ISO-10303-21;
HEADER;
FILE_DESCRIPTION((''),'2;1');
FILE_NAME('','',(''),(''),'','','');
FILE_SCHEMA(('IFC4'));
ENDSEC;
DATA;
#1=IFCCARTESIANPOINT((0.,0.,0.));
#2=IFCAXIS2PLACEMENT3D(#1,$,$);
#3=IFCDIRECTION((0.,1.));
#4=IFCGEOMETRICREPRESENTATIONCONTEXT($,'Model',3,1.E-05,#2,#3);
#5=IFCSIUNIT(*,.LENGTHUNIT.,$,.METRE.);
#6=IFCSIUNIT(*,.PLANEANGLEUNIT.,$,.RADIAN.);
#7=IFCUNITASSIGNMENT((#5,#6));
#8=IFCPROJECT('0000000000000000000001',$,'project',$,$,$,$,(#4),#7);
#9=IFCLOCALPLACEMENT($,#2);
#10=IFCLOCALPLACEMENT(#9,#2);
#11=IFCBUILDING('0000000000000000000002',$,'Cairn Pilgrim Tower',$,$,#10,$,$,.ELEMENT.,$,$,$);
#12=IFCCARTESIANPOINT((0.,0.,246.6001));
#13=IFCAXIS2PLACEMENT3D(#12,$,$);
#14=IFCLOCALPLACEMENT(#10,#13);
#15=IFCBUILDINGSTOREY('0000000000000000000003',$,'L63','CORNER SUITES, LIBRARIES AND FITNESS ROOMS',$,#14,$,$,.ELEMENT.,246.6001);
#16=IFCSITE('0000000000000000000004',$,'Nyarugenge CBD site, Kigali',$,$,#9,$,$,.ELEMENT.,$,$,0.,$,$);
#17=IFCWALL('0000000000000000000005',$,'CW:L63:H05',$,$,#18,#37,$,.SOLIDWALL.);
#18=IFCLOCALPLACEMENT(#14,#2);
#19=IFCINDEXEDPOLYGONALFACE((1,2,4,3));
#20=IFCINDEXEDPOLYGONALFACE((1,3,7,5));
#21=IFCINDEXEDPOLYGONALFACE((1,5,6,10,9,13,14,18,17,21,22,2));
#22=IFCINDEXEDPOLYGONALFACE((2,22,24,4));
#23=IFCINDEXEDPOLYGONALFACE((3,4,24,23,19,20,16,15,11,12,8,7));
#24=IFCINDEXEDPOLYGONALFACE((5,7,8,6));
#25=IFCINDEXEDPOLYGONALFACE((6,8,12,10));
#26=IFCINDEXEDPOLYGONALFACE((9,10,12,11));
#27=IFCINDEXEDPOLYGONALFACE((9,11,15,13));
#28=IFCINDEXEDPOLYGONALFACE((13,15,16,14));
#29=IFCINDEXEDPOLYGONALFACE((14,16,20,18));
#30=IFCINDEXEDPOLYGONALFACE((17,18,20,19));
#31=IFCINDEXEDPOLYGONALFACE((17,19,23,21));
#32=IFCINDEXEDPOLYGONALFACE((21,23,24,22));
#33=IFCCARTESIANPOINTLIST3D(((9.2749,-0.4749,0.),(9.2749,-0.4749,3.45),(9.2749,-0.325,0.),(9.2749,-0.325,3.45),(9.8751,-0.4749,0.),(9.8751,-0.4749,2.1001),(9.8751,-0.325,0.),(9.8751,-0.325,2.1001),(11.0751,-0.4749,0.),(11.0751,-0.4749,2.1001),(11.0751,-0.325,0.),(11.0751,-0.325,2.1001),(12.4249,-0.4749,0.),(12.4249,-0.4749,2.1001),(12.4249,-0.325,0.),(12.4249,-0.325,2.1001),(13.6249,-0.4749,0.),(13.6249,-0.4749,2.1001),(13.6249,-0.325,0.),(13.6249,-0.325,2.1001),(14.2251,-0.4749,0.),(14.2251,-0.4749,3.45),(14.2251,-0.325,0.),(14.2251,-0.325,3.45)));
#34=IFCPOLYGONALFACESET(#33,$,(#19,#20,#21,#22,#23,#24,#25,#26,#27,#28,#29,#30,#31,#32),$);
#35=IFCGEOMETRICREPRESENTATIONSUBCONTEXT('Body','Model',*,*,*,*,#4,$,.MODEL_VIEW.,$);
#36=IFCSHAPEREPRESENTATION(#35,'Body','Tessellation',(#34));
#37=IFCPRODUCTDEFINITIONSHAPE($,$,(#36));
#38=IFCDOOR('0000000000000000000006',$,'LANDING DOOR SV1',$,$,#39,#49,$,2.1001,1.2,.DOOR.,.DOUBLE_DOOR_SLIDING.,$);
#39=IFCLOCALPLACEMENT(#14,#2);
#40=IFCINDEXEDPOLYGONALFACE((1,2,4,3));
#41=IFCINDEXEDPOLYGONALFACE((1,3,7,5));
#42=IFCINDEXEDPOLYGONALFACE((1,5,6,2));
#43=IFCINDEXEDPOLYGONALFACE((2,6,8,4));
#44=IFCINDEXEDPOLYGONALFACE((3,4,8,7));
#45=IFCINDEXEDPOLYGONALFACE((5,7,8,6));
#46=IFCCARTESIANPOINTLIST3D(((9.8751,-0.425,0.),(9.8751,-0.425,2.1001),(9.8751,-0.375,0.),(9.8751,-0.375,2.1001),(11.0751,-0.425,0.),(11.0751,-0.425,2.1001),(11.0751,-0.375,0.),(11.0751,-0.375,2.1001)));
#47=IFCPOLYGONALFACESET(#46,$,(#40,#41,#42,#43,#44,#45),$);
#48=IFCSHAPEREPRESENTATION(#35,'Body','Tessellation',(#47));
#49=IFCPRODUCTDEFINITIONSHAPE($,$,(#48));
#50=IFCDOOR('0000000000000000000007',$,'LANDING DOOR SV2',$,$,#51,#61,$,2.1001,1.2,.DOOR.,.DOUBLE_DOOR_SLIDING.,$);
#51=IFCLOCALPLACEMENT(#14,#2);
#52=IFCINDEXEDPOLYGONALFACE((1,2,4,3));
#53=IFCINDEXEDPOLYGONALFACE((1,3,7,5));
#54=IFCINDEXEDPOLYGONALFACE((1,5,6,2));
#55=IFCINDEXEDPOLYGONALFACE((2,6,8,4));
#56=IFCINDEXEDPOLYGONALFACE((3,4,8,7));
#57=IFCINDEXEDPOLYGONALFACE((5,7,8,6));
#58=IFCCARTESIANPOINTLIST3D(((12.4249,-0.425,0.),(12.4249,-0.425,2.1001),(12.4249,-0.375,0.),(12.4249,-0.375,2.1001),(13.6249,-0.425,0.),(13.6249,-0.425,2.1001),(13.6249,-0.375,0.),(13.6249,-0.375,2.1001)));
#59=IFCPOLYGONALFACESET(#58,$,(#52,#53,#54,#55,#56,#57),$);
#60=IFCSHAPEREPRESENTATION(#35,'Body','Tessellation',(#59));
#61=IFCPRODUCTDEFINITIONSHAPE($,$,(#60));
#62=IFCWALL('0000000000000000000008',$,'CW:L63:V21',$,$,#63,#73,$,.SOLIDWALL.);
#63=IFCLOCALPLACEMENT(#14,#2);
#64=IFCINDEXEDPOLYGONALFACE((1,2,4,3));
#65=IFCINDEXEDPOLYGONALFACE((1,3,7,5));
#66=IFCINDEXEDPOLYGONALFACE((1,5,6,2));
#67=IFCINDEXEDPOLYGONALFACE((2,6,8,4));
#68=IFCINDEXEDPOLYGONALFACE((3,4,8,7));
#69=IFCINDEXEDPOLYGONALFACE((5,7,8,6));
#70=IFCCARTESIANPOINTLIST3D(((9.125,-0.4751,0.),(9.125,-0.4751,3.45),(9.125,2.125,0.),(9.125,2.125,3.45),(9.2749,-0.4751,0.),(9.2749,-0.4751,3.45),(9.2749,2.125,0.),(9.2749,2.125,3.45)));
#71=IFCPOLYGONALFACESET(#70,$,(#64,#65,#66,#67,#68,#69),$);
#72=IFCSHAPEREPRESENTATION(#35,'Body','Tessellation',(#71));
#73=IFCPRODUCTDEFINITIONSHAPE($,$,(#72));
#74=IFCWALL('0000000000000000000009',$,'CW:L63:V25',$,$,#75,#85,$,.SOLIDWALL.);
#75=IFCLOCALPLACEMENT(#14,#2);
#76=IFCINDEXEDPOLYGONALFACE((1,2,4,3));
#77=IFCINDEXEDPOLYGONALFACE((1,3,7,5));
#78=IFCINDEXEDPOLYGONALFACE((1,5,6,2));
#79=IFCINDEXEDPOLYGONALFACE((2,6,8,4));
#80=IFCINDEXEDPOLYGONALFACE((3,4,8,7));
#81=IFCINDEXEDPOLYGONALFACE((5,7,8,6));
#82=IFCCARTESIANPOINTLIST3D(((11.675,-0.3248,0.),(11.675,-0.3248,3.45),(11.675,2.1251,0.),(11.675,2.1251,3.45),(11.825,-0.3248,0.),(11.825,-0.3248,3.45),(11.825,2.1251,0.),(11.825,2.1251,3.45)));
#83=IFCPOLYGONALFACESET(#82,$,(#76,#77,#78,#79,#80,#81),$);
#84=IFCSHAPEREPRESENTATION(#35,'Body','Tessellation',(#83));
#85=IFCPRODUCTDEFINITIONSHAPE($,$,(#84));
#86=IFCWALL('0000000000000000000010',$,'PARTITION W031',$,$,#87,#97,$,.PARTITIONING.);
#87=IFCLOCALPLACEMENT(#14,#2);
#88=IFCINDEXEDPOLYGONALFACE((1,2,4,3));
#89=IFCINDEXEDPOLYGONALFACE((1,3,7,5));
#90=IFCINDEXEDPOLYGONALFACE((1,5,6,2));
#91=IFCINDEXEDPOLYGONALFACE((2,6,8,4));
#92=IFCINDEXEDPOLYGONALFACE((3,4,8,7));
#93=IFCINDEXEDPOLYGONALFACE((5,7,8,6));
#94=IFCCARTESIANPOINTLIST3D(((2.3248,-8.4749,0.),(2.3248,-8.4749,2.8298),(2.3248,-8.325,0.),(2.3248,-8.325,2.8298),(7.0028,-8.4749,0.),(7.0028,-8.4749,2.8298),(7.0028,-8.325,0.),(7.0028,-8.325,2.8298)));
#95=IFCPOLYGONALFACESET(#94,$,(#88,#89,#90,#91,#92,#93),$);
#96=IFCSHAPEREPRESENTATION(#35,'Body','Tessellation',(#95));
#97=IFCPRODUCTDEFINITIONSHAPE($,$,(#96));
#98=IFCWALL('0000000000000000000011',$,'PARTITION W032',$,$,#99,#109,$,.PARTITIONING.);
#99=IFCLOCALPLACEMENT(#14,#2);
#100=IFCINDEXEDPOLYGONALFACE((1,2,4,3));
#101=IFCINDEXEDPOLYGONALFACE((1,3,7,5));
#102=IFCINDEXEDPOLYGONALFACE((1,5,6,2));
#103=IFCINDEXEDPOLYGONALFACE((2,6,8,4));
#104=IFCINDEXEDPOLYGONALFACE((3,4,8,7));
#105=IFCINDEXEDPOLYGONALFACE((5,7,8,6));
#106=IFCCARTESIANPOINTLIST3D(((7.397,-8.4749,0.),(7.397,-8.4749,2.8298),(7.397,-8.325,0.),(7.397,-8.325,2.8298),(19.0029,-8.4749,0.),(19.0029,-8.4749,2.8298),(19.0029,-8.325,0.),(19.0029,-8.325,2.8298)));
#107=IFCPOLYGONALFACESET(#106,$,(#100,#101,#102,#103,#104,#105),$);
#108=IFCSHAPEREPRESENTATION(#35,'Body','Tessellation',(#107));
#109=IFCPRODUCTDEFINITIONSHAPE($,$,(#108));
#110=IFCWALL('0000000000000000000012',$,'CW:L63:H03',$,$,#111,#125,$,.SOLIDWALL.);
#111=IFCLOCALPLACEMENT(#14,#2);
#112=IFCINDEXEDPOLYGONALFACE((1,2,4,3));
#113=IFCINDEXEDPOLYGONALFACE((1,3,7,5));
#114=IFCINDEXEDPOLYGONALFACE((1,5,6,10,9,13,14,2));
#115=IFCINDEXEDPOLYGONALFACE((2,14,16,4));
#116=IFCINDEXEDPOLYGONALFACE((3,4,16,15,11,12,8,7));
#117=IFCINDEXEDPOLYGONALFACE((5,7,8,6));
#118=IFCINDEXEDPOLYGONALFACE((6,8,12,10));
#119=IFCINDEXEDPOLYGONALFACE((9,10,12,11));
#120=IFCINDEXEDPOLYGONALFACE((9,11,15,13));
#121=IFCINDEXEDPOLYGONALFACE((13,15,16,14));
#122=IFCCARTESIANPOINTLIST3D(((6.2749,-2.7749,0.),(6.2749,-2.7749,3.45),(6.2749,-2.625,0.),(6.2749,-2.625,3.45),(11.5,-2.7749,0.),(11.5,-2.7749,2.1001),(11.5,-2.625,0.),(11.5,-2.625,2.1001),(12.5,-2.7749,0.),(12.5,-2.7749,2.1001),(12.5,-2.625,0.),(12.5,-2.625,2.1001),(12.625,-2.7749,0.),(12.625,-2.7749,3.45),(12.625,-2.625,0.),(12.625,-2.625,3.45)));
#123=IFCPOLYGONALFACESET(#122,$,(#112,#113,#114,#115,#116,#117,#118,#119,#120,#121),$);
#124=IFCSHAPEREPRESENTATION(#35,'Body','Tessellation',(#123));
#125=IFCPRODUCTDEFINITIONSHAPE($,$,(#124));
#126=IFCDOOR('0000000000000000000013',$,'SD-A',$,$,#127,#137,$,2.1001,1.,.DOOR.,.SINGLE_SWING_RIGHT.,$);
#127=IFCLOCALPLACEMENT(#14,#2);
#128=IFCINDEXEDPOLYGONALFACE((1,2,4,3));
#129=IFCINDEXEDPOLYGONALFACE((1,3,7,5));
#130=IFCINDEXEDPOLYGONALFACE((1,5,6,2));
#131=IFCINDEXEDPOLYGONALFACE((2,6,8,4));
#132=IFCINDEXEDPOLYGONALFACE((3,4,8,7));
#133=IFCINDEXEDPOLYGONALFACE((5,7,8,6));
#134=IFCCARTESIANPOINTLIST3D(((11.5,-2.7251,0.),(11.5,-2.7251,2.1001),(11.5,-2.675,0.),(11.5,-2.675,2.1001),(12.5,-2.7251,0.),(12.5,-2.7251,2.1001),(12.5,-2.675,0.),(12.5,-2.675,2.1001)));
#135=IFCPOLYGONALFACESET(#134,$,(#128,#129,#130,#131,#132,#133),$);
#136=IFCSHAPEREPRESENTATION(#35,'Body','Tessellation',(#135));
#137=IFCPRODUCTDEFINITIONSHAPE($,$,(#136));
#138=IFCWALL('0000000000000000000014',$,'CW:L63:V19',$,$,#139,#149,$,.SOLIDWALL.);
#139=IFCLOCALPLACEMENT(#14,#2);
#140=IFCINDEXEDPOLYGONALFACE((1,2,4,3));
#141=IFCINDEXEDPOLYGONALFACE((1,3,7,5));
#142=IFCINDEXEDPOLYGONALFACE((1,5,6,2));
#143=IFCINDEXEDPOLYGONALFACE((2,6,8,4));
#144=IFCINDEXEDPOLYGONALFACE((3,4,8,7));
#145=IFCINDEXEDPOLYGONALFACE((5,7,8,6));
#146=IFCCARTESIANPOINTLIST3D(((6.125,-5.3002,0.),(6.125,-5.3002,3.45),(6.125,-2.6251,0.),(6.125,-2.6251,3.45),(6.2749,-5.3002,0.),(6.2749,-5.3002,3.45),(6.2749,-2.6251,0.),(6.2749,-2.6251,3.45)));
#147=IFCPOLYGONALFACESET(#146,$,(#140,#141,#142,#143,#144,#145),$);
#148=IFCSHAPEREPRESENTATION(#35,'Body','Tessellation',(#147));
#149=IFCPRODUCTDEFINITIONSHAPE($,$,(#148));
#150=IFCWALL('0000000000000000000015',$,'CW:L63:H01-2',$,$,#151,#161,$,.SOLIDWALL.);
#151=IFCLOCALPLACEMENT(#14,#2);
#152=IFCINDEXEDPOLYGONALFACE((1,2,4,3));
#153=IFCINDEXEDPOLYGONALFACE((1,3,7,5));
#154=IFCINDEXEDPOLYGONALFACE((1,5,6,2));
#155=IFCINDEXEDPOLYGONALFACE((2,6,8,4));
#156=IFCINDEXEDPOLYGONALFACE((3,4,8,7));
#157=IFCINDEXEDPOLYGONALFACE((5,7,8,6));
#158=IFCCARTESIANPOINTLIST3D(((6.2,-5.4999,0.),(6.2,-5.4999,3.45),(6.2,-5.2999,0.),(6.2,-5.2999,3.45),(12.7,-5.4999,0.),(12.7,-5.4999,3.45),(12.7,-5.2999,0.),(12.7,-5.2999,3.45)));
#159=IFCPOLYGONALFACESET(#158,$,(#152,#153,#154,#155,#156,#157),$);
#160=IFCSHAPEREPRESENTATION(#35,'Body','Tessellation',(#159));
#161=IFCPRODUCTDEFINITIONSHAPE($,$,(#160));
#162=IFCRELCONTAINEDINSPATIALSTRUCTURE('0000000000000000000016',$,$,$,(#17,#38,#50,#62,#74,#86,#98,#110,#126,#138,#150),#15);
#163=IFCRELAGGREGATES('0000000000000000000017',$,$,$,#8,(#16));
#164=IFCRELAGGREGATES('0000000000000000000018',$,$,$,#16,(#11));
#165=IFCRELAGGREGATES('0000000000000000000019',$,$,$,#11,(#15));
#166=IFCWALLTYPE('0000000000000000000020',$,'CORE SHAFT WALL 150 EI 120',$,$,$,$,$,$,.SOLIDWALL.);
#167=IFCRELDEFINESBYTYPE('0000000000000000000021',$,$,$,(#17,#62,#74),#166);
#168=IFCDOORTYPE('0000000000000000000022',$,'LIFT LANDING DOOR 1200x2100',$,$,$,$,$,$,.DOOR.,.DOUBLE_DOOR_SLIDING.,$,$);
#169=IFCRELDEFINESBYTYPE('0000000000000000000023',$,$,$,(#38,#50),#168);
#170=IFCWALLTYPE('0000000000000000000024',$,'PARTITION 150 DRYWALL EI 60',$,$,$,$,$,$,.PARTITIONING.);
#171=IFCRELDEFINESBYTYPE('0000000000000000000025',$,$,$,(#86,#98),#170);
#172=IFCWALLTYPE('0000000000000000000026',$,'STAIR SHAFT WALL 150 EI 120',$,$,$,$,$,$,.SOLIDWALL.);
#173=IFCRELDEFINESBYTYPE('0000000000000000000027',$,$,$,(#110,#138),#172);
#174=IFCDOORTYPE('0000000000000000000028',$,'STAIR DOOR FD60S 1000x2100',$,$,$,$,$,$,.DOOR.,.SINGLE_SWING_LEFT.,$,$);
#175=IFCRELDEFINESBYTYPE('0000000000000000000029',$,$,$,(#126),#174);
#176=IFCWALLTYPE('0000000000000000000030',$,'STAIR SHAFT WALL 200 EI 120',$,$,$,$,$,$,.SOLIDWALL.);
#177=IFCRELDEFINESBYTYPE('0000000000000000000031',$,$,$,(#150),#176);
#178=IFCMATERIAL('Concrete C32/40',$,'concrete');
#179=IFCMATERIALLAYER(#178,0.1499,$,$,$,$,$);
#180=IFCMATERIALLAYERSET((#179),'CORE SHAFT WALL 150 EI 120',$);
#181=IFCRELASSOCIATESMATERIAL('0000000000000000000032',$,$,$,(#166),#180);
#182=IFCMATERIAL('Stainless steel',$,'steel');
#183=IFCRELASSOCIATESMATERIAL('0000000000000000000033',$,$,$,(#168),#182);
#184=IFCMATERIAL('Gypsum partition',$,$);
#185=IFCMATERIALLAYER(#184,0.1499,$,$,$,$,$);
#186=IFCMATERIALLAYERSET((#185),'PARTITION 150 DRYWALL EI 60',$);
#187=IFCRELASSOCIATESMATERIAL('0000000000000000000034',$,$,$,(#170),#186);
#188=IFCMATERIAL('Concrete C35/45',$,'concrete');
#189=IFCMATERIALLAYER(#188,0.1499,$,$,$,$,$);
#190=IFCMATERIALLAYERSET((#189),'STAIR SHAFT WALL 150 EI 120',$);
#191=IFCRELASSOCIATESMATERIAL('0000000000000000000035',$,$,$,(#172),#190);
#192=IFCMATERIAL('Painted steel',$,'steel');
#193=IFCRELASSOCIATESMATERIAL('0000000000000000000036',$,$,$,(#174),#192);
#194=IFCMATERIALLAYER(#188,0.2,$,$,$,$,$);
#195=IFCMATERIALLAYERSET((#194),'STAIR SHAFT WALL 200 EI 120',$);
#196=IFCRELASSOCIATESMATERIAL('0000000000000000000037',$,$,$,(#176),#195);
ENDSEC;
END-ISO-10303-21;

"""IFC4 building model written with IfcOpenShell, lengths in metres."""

from ifc_helpers import new_model, si_unit, direction, frame, frame_2d, origin, place, context, subcontext, project, spatial, rectangle, extrude, material, layer, layer_set, type_object, element, fill, save


model = new_model("IFC4")

# Units and contexts
model_context = context("Model", 3, precision=1e-05, world=origin(), true_north=direction((0.0, 1.0)))
body_context = subcontext(model_context, "Body", "Model", "MODEL_VIEW")
ifc_project = project(units=[si_unit("LENGTHUNIT", "METRE"), si_unit("PLANEANGLEUNIT", "RADIAN")], contexts=[model_context])

# Site, building, storey
site_placement = place(None, origin())
site = spatial("IfcSite", under=ifc_project, at=site_placement, Name="Nyarugenge CBD site, Kigali", CompositionType="ELEMENT", RefElevation=0.0)
building_placement = place(site_placement, origin())
building = spatial("IfcBuilding", under=site, at=building_placement, Name="Cairn Pilgrim Tower", CompositionType="ELEMENT")
storey_placement = place(building_placement, frame((0.0, 0.0, 246.6001)))
storey = spatial("IfcBuildingStorey", under=building, at=storey_placement, Name="L63", Description="CORNER SUITES, LIBRARIES AND FITNESS ROOMS", CompositionType="ELEMENT", Elevation=246.6001)

# Shared definitions
ifc_material_1 = material(Name="Concrete C35/45", Category="concrete")

# Shared definitions
ifc_material_2 = material(Name="Concrete C32/40", Category="concrete")

# Wall, openings, doors
ifc_layer_1 = layer(ifc_material_2, 0.1499)
ifc_layer_set_1 = layer_set([ifc_layer_1], Name="CORE SHAFT WALL 150 EI 120")
wall_type_1 = type_object("IfcWallType", Name="CORE SHAFT WALL 150 EI 120", PredefinedType="SOLIDWALL", material=ifc_layer_set_1)
wall_1_placement = place(storey_placement, frame((9.2749, -0.3999, 0.0), z_axis=(0.0, 0.0, 1.0), x_axis=(1.0, 0.0, 0.0)))
wall_1 = element("IfcWall", 1, at=wall_1_placement, inside=storey, type_object=wall_type_1, Name="CW:L63:H05", PredefinedType="SOLIDWALL", context=body_context, shape_type="SweptSolid", body=[
    extrude(rectangle(XDim=4.9502, YDim=0.1499, at=frame_2d((2.4751, 0.0))), origin(), (0.0, 0.0, 1.0), 3.45),
])
opening_1_placement = place(wall_1_placement, frame((0.6001, 0.0, 0.0)))
opening_1 = element("IfcOpeningElement", 2, at=opening_1_placement, cuts=wall_1, PredefinedType="OPENING", context=body_context, shape_type="SweptSolid", body=[
    extrude(rectangle(XDim=1.2, YDim=2.1001, at=frame_2d((0.6001, 1.05))), frame((0.0, 0.085, 0.0), z_axis=(0.0, -1.0, 0.0), x_axis=(1.0, 0.0, 0.0)), (0.0, 0.0, 1.0), 0.1699),
])
opening_2_placement = place(wall_1_placement, frame((3.1499, 0.0, 0.0)))
opening_2 = element("IfcOpeningElement", 3, at=opening_2_placement, cuts=wall_1, PredefinedType="OPENING", context=body_context, shape_type="SweptSolid", body=[
    extrude(rectangle(XDim=1.2, YDim=2.1001, at=frame_2d((0.6001, 1.05))), frame((0.0, 0.085, 0.0), z_axis=(0.0, -1.0, 0.0), x_axis=(1.0, 0.0, 0.0)), (0.0, 0.0, 1.0), 0.1699),
])
ifc_material_3 = material(Name="Stainless steel", Category="steel")
door_type_1 = type_object("IfcDoorType", Name="LIFT LANDING DOOR 1200x2100", OperationType="DOUBLE_DOOR_SLIDING", PredefinedType="DOOR", material=ifc_material_3)
door_1_placement = place(opening_1_placement, origin())
door_1 = element("IfcDoor", 4, at=door_1_placement, inside=storey, type_object=door_type_1, Name="LANDING DOOR SV1", OperationType="DOUBLE_DOOR_SLIDING", OverallHeight=2.1001, OverallWidth=1.2, PredefinedType="DOOR", context=body_context, shape_type="SweptSolid", body=[
    extrude(rectangle(XDim=1.2, YDim=2.1001, at=frame_2d((0.6001, 1.05))), frame((0.0, 0.0249, 0.0), z_axis=(0.0, -1.0, 0.0), x_axis=(1.0, 0.0, 0.0)), (0.0, 0.0, 1.0), 0.05),
])
fill(opening_1, door_1)
door_2_placement = place(opening_2_placement, origin())
door_2 = element("IfcDoor", 5, at=door_2_placement, inside=storey, type_object=door_type_1, Name="LANDING DOOR SV2", OperationType="DOUBLE_DOOR_SLIDING", OverallHeight=2.1001, OverallWidth=1.2, PredefinedType="DOOR", context=body_context, shape_type="SweptSolid", body=[
    extrude(rectangle(XDim=1.2, YDim=2.1001, at=frame_2d((0.6001, 1.05))), frame((0.0, 0.0249, 0.0), z_axis=(0.0, -1.0, 0.0), x_axis=(1.0, 0.0, 0.0)), (0.0, 0.0, 1.0), 0.05),
])
fill(opening_2, door_2)

# Walls
wall_2_placement = place(storey_placement, frame((9.2, -0.4751, 0.0), z_axis=(0.0, 0.0, 1.0), x_axis=(0.0, 1.0, 0.0)))
element("IfcWall", 6, at=wall_2_placement, inside=storey, type_object=wall_type_1, Name="CW:L63:V21", PredefinedType="SOLIDWALL", context=body_context, shape_type="SweptSolid", body=[
    extrude(rectangle(XDim=2.6001, YDim=0.1499, at=frame_2d((1.3, 0.0))), origin(), (0.0, 0.0, 1.0), 3.45),
])
wall_3_placement = place(storey_placement, frame((11.75, -0.325, 0.0), z_axis=(0.0, 0.0, 1.0), x_axis=(0.0, 1.0, 0.0)))
element("IfcWall", 7, at=wall_3_placement, inside=storey, type_object=wall_type_1, Name="CW:L63:V25", PredefinedType="SOLIDWALL", context=body_context, shape_type="SweptSolid", body=[
    extrude(rectangle(XDim=2.45, YDim=0.1499, at=frame_2d((1.2251, 0.0))), origin(), (0.0, 0.0, 1.0), 3.45),
])
ifc_material_4 = material(Name="Gypsum partition")
ifc_layer_2 = layer(ifc_material_4, 0.1499)
ifc_layer_set_2 = layer_set([ifc_layer_2], Name="PARTITION 150 DRYWALL EI 60")
wall_type_2 = type_object("IfcWallType", Name="PARTITION 150 DRYWALL EI 60", PredefinedType="PARTITIONING", material=ifc_layer_set_2)
wall_4_placement = place(storey_placement, frame((2.325, -8.3999, 0.0), z_axis=(0.0, 0.0, 1.0), x_axis=(1.0, 0.0, 0.0)))
element("IfcWall", 8, at=wall_4_placement, inside=storey, type_object=wall_type_2, Name="PARTITION W031", PredefinedType="PARTITIONING", context=body_context, shape_type="SweptSolid", body=[
    extrude(rectangle(XDim=4.678, YDim=0.1499, at=frame_2d((2.3389, 0.0))), origin(), (0.0, 0.0, 1.0), 2.8298),
])
wall_5_placement = place(storey_placement, frame((7.397, -8.3999, 0.0), z_axis=(0.0, 0.0, 1.0), x_axis=(1.0, 0.0, 0.0)))
element("IfcWall", 9, at=wall_5_placement, inside=storey, type_object=wall_type_2, Name="PARTITION W032", PredefinedType="PARTITIONING", context=body_context, shape_type="SweptSolid", body=[
    extrude(rectangle(XDim=11.606, YDim=0.1499, at=frame_2d((5.803, 0.0))), origin(), (0.0, 0.0, 1.0), 2.8298),
])

# Wall, opening, door
ifc_layer_3 = layer(ifc_material_1, 0.1499)
ifc_layer_set_3 = layer_set([ifc_layer_3], Name="STAIR SHAFT WALL 150 EI 120")
wall_type_3 = type_object("IfcWallType", Name="STAIR SHAFT WALL 150 EI 120", PredefinedType="SOLIDWALL", material=ifc_layer_set_3)
wall_6_placement = place(storey_placement, frame((6.2749, -2.7, 0.0), z_axis=(0.0, 0.0, 1.0), x_axis=(1.0, 0.0, 0.0)))
wall_6 = element("IfcWall", 10, at=wall_6_placement, inside=storey, type_object=wall_type_3, Name="CW:L63:H03", PredefinedType="SOLIDWALL", context=body_context, shape_type="SweptSolid", body=[
    extrude(rectangle(XDim=6.3501, YDim=0.1499, at=frame_2d((3.175, 0.0))), origin(), (0.0, 0.0, 1.0), 3.45),
])
opening_3_placement = place(wall_6_placement, frame((5.2251, 0.0, 0.0)))
opening_3 = element("IfcOpeningElement", 11, at=opening_3_placement, cuts=wall_6, PredefinedType="OPENING", context=body_context, shape_type="SweptSolid", body=[
    extrude(rectangle(XDim=1.0, YDim=2.1001, at=frame_2d((0.5, 1.05))), frame((0.0, 0.085, 0.0), z_axis=(0.0, -1.0, 0.0), x_axis=(1.0, 0.0, 0.0)), (0.0, 0.0, 1.0), 0.1699),
])
ifc_material_5 = material(Name="Painted steel", Category="steel")
door_type_2 = type_object("IfcDoorType", Name="STAIR DOOR FD60S 1000x2100", OperationType="SINGLE_SWING_LEFT", PredefinedType="DOOR", material=ifc_material_5)
door_3_placement = place(opening_3_placement, origin())
door_3 = element("IfcDoor", 12, at=door_3_placement, inside=storey, type_object=door_type_2, Name="SD-A", OperationType="SINGLE_SWING_RIGHT", OverallHeight=2.1001, OverallWidth=1.0, PredefinedType="DOOR", context=body_context, shape_type="SweptSolid", body=[
    extrude(rectangle(XDim=1.0, YDim=2.1001, at=frame_2d((0.5, 1.05))), frame((0.0, 0.0249, 0.0), z_axis=(0.0, -1.0, 0.0), x_axis=(1.0, 0.0, 0.0)), (0.0, 0.0, 1.0), 0.05),
])
fill(opening_3, door_3)

# Walls
wall_7_placement = place(storey_placement, frame((6.2, -5.3, 0.0), z_axis=(0.0, 0.0, 1.0), x_axis=(0.0, 1.0, 0.0)))
element("IfcWall", 13, at=wall_7_placement, inside=storey, type_object=wall_type_3, Name="CW:L63:V19", PredefinedType="SOLIDWALL", context=body_context, shape_type="SweptSolid", body=[
    extrude(rectangle(XDim=2.675, YDim=0.1499, at=frame_2d((1.3374, 0.0))), origin(), (0.0, 0.0, 1.0), 3.45),
])
ifc_layer_4 = layer(ifc_material_1, 0.2)
ifc_layer_set_4 = layer_set([ifc_layer_4], Name="STAIR SHAFT WALL 200 EI 120")
wall_type_4 = type_object("IfcWallType", Name="STAIR SHAFT WALL 200 EI 120", PredefinedType="SOLIDWALL", material=ifc_layer_set_4)
wall_8_placement = place(storey_placement, frame((6.2, -5.3999, 0.0), z_axis=(0.0, 0.0, 1.0), x_axis=(1.0, 0.0, 0.0)))
element("IfcWall", 14, at=wall_8_placement, inside=storey, type_object=wall_type_4, Name="CW:L63:H01-2", PredefinedType="SOLIDWALL", context=body_context, shape_type="SweptSolid", body=[
    extrude(rectangle(XDim=6.5, YDim=0.2, at=frame_2d((3.25, 0.0))), origin(), (0.0, 0.0, 1.0), 3.45),
])

save(model, "model.ifc")
